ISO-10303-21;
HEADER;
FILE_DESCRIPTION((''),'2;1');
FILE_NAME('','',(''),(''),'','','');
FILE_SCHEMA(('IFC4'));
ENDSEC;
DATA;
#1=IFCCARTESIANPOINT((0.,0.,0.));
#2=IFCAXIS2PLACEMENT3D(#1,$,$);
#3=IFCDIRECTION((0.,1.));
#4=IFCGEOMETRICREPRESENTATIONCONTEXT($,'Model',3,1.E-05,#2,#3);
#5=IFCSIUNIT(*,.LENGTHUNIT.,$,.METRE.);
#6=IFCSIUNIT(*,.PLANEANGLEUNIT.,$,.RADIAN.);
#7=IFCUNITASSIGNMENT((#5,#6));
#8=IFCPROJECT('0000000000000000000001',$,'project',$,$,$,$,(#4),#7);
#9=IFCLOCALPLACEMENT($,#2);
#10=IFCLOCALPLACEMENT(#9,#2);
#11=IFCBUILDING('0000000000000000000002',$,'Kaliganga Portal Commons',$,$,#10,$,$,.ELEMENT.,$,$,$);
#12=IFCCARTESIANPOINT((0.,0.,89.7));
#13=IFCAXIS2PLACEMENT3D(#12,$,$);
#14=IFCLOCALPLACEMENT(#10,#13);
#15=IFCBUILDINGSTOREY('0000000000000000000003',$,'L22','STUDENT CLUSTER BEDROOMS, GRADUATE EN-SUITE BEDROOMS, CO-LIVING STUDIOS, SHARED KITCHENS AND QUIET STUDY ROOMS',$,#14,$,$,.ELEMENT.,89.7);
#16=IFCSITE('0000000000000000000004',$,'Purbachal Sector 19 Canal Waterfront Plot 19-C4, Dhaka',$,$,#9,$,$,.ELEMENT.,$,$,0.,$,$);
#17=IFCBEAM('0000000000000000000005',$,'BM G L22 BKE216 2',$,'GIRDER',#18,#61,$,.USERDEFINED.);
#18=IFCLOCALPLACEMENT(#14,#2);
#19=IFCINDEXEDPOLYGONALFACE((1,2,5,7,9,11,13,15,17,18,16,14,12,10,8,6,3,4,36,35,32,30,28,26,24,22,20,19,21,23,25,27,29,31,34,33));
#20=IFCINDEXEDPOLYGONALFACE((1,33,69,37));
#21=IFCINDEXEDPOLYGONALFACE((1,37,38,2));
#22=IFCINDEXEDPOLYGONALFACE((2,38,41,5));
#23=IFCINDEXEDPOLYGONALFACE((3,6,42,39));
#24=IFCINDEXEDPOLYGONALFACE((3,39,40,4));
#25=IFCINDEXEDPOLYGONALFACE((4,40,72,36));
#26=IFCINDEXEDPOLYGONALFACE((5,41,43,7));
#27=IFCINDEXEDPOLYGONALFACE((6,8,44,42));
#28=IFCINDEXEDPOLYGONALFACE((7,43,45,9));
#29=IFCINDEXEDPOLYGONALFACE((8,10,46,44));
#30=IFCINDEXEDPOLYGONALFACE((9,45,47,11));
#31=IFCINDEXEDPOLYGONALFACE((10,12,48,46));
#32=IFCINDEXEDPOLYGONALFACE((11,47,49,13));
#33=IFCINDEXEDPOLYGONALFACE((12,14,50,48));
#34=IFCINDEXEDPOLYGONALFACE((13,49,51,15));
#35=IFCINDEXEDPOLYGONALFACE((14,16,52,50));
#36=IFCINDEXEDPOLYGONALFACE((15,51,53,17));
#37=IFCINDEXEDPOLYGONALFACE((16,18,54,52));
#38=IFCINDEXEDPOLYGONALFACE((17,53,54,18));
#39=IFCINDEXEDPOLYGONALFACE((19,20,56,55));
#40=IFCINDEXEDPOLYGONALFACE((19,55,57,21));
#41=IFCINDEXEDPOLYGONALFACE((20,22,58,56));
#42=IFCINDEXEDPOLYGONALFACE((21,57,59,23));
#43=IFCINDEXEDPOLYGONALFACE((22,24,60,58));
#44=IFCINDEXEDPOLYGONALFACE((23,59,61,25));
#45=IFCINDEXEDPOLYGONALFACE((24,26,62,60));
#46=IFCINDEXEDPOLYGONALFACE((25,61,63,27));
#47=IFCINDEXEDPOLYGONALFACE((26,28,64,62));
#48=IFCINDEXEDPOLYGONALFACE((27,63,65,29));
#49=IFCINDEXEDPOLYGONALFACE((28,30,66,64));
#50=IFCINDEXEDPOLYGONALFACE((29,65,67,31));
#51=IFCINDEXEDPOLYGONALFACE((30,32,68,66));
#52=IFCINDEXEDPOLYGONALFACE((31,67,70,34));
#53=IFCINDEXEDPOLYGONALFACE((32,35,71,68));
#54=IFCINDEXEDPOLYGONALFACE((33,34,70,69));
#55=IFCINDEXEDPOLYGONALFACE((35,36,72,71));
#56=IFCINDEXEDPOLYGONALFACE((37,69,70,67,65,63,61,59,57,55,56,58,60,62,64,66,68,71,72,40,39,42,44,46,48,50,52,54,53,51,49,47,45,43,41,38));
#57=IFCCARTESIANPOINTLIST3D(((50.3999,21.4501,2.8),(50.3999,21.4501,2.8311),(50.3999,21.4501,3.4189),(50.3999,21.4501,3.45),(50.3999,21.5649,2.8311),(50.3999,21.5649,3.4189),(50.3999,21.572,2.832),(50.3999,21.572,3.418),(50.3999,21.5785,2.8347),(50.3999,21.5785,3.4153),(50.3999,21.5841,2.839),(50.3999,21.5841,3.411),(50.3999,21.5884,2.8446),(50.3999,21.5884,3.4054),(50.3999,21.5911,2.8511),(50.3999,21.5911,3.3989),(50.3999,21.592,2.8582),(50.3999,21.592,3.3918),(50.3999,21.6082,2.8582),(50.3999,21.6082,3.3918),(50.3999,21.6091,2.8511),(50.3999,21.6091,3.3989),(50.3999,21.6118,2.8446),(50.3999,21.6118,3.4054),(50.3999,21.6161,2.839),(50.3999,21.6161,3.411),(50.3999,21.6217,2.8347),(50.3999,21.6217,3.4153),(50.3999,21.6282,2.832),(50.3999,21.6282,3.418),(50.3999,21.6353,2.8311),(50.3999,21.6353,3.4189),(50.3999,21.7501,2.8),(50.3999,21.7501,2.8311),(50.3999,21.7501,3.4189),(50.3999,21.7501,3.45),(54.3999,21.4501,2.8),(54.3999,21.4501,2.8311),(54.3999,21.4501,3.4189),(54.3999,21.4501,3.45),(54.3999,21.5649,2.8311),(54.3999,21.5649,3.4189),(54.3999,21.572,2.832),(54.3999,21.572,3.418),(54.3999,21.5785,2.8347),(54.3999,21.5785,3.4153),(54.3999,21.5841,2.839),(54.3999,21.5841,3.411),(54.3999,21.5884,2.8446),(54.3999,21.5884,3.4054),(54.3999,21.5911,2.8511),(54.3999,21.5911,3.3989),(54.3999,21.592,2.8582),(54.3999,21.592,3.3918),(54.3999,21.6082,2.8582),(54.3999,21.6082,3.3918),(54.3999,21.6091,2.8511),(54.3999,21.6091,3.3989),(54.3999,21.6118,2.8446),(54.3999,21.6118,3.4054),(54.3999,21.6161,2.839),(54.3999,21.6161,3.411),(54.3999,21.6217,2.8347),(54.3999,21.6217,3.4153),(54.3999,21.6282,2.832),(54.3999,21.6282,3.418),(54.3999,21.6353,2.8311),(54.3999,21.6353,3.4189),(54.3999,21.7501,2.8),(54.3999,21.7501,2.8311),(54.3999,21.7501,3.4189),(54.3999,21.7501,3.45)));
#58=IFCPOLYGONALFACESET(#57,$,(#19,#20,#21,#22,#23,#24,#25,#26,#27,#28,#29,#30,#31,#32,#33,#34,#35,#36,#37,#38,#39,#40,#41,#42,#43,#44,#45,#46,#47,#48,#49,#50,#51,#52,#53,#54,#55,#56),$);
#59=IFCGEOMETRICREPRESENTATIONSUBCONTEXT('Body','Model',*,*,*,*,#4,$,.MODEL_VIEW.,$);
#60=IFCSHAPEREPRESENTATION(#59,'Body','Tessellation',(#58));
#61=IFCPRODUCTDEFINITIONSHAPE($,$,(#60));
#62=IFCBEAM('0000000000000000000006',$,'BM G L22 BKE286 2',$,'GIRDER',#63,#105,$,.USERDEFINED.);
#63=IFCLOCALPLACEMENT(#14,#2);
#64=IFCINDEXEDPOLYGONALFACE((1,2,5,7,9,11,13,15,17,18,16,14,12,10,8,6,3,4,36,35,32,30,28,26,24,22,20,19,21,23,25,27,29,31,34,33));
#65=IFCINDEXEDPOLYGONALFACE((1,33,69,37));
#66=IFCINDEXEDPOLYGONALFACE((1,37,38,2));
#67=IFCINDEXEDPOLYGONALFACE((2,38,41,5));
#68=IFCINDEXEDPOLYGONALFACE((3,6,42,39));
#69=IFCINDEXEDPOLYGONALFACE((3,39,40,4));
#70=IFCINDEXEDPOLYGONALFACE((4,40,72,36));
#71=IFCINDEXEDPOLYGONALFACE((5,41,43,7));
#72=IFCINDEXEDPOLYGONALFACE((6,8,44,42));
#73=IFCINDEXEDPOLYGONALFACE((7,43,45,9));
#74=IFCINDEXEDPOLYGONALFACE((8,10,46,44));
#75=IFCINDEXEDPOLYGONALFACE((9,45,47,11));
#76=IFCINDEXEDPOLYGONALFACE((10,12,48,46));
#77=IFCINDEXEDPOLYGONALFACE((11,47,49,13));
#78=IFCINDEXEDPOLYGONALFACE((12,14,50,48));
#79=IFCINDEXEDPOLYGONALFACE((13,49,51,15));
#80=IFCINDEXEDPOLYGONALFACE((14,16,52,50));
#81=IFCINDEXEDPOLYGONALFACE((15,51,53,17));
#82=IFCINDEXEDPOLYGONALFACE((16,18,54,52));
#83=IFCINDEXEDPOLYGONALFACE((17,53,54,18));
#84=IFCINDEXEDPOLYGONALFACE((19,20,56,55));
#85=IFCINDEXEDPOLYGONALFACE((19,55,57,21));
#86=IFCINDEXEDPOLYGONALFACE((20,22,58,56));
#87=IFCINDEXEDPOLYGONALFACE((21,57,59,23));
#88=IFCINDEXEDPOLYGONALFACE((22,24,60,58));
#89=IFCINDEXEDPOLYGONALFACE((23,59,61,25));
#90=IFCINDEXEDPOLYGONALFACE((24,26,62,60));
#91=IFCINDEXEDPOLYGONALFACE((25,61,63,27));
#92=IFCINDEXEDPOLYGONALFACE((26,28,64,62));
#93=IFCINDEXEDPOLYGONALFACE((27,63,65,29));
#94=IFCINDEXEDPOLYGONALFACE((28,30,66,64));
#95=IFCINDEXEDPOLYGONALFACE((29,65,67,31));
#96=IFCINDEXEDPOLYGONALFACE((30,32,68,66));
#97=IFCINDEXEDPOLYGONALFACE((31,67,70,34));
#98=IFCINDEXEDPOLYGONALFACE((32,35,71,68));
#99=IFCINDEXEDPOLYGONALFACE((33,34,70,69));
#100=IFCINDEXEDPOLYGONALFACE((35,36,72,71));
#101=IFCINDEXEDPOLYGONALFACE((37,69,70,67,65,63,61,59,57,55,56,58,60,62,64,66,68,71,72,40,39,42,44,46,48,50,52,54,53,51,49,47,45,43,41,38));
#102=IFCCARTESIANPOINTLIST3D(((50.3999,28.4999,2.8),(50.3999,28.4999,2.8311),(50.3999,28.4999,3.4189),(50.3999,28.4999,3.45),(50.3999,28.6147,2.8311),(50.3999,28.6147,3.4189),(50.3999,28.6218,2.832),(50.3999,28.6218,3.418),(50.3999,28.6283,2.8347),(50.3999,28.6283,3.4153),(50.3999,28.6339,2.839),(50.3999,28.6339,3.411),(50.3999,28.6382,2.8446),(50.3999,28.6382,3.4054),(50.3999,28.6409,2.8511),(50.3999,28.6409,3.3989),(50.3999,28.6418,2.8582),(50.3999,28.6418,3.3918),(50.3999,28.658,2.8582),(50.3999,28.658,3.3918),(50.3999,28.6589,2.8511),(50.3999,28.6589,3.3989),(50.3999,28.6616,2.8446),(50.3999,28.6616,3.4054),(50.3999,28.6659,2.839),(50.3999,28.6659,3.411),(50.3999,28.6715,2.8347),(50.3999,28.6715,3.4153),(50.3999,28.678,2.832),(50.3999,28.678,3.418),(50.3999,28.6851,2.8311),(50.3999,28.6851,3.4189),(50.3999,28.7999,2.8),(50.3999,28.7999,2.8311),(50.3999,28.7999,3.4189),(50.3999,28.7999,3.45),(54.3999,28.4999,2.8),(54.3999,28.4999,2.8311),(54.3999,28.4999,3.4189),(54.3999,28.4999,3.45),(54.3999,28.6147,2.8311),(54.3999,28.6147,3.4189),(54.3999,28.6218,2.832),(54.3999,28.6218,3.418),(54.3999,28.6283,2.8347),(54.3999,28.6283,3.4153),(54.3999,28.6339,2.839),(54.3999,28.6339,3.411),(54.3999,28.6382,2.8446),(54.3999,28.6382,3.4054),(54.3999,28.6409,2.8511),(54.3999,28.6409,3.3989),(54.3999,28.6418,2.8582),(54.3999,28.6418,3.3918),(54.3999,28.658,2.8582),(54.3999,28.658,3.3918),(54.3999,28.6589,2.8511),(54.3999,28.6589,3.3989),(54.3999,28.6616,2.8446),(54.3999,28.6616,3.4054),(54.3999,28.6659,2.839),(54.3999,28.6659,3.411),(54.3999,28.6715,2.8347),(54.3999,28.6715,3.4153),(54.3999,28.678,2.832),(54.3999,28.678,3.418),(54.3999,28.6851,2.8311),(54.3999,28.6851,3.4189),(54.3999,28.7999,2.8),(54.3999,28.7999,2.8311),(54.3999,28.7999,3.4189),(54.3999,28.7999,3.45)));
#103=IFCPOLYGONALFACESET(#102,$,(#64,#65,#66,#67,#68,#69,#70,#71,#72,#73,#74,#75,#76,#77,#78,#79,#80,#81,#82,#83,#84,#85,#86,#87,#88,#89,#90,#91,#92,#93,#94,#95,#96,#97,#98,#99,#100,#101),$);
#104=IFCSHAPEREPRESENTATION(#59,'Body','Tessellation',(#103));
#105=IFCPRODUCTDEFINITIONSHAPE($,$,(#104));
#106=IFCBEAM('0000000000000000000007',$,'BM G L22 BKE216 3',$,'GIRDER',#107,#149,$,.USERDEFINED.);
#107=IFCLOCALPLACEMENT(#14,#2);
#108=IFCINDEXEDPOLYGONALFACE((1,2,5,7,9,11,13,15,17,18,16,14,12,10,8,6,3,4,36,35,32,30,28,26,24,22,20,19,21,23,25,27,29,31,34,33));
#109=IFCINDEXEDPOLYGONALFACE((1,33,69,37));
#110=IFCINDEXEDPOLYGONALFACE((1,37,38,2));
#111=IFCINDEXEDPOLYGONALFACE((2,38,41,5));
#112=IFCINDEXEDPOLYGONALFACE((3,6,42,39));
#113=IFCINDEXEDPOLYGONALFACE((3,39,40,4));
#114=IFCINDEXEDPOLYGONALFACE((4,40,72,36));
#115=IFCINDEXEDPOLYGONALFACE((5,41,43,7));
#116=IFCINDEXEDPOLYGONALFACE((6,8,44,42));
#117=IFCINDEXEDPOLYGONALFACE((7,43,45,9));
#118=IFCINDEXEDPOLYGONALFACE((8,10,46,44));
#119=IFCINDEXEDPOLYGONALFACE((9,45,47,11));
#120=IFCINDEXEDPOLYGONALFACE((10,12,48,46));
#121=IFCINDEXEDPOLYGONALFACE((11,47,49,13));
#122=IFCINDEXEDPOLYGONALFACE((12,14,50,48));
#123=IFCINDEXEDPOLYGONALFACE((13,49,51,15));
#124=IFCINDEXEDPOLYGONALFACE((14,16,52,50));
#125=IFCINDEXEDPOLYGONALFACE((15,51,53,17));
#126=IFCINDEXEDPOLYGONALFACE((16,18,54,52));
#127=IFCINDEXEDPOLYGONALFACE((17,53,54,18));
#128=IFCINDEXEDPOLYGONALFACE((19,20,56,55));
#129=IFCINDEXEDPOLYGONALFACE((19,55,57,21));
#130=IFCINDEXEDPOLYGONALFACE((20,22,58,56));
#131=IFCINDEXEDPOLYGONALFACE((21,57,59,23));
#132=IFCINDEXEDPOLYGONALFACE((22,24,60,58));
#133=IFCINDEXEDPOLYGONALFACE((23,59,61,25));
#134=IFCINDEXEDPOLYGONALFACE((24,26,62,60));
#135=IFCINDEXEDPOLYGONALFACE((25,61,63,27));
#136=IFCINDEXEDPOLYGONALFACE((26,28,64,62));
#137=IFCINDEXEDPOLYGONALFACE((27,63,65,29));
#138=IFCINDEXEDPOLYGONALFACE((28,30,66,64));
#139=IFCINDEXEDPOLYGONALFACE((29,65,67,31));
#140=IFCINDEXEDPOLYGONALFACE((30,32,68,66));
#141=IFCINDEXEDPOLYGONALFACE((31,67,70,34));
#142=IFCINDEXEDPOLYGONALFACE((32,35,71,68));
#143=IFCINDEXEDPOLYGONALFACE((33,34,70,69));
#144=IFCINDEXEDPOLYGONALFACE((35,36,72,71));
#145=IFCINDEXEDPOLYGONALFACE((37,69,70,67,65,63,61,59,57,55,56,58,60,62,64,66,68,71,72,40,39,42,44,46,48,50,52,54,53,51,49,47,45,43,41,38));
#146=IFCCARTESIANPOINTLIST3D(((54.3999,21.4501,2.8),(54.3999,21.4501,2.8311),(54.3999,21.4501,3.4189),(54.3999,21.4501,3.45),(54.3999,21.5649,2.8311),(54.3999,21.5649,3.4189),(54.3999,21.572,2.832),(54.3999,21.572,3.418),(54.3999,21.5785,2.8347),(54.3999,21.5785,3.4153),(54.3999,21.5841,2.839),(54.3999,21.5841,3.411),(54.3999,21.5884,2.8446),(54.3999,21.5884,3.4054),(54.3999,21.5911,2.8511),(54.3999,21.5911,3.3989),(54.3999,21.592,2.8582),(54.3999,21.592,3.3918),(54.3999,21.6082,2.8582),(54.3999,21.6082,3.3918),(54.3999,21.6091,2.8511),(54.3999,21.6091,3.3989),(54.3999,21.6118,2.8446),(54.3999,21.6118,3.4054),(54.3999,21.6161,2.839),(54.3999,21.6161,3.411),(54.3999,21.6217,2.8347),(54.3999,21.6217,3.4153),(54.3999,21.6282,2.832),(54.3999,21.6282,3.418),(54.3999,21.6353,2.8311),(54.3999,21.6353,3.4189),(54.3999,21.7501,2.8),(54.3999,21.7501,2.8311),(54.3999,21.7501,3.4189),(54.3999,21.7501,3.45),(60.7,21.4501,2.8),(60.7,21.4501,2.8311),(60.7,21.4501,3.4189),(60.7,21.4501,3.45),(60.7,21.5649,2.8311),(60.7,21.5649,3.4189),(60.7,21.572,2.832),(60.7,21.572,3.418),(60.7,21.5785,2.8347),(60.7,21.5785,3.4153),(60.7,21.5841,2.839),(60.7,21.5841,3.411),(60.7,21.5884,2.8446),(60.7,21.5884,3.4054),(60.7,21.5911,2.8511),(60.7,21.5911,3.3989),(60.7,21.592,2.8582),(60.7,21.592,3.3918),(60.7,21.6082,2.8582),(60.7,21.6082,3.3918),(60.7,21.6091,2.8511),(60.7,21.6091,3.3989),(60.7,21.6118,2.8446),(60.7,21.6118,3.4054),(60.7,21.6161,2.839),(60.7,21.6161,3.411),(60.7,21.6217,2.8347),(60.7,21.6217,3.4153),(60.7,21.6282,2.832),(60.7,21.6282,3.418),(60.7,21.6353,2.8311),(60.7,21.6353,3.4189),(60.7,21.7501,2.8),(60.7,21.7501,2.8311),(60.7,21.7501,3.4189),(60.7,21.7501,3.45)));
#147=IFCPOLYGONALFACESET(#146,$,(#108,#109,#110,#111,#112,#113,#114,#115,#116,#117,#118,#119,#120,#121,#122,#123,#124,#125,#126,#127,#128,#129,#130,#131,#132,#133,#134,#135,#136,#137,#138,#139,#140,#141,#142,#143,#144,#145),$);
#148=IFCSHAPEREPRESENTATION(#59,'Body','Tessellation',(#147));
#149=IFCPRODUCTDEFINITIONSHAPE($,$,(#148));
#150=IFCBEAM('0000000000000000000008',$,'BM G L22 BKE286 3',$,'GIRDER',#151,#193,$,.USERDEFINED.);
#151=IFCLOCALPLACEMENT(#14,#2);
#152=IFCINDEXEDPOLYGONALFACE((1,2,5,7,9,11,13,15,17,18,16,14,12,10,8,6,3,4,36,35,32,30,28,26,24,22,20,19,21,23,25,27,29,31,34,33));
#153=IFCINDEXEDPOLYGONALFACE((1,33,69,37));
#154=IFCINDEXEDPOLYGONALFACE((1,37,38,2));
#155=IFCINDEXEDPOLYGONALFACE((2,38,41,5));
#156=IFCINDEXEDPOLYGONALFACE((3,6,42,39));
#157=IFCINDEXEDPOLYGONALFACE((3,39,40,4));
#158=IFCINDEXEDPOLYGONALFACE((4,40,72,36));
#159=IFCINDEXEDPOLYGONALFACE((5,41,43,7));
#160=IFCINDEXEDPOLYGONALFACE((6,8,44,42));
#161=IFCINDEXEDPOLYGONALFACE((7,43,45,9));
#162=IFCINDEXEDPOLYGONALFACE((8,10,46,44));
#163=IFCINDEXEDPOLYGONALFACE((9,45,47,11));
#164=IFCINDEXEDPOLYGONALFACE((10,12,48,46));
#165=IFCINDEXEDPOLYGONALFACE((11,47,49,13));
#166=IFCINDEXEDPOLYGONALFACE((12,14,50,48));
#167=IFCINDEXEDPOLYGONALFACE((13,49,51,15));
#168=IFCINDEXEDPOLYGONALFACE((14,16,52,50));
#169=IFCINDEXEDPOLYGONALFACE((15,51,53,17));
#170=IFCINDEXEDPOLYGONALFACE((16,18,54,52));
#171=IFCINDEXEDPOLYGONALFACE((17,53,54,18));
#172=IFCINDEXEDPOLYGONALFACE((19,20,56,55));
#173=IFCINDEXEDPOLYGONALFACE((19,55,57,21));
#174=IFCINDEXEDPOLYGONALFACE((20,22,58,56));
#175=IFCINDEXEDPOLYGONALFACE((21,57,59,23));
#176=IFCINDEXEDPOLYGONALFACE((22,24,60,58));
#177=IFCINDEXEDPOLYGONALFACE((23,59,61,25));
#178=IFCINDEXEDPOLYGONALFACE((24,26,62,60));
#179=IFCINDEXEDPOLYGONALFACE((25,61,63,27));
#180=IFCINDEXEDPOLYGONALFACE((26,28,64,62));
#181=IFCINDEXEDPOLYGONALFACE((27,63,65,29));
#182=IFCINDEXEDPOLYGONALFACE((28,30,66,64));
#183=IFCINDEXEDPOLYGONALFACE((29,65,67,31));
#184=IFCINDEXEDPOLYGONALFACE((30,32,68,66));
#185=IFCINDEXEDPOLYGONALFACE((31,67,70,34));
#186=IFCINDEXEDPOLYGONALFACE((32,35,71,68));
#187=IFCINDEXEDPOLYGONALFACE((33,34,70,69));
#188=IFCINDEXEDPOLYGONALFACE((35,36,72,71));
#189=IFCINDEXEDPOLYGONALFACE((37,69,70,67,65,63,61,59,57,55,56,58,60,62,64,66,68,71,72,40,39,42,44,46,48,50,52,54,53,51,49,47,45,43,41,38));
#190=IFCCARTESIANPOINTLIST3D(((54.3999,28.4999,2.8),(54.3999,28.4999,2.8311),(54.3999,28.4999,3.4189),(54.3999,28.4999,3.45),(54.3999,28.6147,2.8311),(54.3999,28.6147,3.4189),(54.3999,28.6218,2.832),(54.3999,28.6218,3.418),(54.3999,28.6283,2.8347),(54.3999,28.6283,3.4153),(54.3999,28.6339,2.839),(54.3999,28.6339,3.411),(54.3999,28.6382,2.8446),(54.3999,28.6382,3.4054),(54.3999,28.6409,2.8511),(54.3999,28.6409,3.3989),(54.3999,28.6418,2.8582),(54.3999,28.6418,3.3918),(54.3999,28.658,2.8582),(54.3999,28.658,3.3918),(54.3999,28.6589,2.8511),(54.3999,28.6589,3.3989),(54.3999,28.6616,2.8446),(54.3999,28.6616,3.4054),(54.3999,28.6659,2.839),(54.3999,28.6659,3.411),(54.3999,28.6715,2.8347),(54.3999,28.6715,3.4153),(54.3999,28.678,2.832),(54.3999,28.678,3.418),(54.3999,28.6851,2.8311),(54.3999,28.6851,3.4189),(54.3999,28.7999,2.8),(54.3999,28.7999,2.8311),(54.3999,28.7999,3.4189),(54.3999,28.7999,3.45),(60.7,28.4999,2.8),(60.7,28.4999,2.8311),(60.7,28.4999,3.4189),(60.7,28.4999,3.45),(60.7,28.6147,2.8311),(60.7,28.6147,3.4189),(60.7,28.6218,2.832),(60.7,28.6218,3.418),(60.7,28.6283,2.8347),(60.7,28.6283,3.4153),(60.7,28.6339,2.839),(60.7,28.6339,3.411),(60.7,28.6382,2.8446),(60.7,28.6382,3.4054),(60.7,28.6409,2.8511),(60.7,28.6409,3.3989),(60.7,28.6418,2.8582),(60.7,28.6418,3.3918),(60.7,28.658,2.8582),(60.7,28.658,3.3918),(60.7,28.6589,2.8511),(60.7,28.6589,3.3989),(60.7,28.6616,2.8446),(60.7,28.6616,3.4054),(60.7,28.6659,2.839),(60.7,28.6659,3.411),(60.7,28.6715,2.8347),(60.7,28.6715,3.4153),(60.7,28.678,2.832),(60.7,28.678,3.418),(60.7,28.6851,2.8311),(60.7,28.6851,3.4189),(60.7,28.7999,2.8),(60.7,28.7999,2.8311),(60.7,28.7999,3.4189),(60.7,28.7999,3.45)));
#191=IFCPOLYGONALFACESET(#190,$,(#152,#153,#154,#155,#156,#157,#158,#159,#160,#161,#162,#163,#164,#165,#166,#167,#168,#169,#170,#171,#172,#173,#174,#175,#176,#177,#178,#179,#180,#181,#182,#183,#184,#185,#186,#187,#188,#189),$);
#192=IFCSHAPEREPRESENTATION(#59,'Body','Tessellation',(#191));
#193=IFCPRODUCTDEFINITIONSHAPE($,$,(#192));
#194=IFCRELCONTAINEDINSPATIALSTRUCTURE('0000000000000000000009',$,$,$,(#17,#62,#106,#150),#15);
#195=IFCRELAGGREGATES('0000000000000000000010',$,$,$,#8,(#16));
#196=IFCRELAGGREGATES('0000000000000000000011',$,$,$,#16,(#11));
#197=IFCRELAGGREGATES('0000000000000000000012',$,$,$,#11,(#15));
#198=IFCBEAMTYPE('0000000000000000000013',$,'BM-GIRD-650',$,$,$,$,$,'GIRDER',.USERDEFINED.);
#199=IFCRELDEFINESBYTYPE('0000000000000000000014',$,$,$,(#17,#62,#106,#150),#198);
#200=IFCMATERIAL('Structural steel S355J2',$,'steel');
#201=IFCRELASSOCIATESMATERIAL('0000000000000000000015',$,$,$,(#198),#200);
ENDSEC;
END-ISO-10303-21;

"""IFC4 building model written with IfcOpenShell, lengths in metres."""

from ifc_helpers import new_model, si_unit, direction, frame, origin, origin_2d, place, context, subcontext, project, spatial, i_section, extrude, source, transform, mapped, material, material_profile, profile_set, type_object, element, save


model = new_model("IFC4")

# Units and contexts
model_context = context("Model", 3, precision=1e-05, world=origin(), true_north=direction((0.0, 1.0)))
body_context = subcontext(model_context, "Body", "Model", "MODEL_VIEW")
ifc_project = project(units=[si_unit("LENGTHUNIT", "METRE"), si_unit("PLANEANGLEUNIT", "RADIAN")], contexts=[model_context])

# Site, building, storey
site_placement = place(None, origin())
site = spatial("IfcSite", under=ifc_project, at=site_placement, Name="Purbachal Sector 19 Canal Waterfront Plot 19-C4, Dhaka", CompositionType="ELEMENT", RefElevation=0.0)
building_placement = place(site_placement, origin())
building = spatial("IfcBuilding", under=site, at=building_placement, Name="Kaliganga Portal Commons", CompositionType="ELEMENT")
storey_placement = place(building_placement, frame((0.0, 0.0, 89.7)))
storey = spatial("IfcBuildingStorey", under=building, at=storey_placement, Name="L22", Description="STUDENT CLUSTER BEDROOMS, GRADUATE EN-SUITE BEDROOMS, CO-LIVING STUDIOS, SHARED KITCHENS AND QUIET STUDY ROOMS", CompositionType="ELEMENT", Elevation=89.7)

# Beams
ifc_material_1 = material(Name="Structural steel S355J2", Category="steel")
ifc_material_profile_1 = material_profile(ifc_material_1, i_section(OverallWidth=0.3, OverallDepth=0.6499, WebThickness=0.0161, FlangeThickness=0.031, FilletRadius=0.0271, at=origin_2d()), Name="HE 650 B")
ifc_profile_set_1 = profile_set([ifc_material_profile_1], Name="Structural steel S355J2 wide-flange")
beam_type_1 = type_object("IfcBeamType", Name="BM-GIRD-650", ElementType="GIRDER", PredefinedType="USERDEFINED", material=ifc_profile_set_1)
shared_shape_1 = source(origin(), body_context, "Body", "SweptSolid", [
    extrude(i_section(OverallWidth=0.3, OverallDepth=0.6499, WebThickness=0.0161, FlangeThickness=0.031, FilletRadius=0.0271, at=origin_2d()), origin(), (0.0, 0.0, 1.0), 4.0),
])
for number, where, z_axis, x_axis, name in (
    (1, (50.3999, 21.6001, 3.125), (1.0, 0.0, 0.0), (0.0, 1.0, 0.0), "BM G L22 BKE216 2"),
    (2, (50.3999, 28.6499, 3.125), (1.0, 0.0, 0.0), (0.0, 1.0, 0.0), "BM G L22 BKE286 2"),
):
    element("IfcBeam", number, at=place(storey_placement, frame(where, z_axis=z_axis, x_axis=x_axis)), inside=storey, type_object=beam_type_1, Name=name, ObjectType="GIRDER", PredefinedType="USERDEFINED", context=body_context, shape_type="MappedRepresentation", body=[
        mapped(shared_shape_1, transform((0.0, 0.0, 0.0), x_axis=(1.0, 0.0, 0.0), y_axis=(0.0, 1.0, 0.0), z_axis=(0.0, 0.0, 1.0), scale=1.0)),
    ])
shared_shape_2 = source(origin(), body_context, "Body", "SweptSolid", [
    extrude(i_section(OverallWidth=0.3, OverallDepth=0.6499, WebThickness=0.0161, FlangeThickness=0.031, FilletRadius=0.0271, at=origin_2d()), origin(), (0.0, 0.0, 1.0), 6.3),
])
for number, where, z_axis, x_axis, name in (
    (3, (54.3999, 21.6001, 3.125), (1.0, 0.0, 0.0), (0.0, 1.0, 0.0), "BM G L22 BKE216 3"),
    (4, (54.3999, 28.6499, 3.125), (1.0, 0.0, 0.0), (0.0, 1.0, 0.0), "BM G L22 BKE286 3"),
):
    element("IfcBeam", number, at=place(storey_placement, frame(where, z_axis=z_axis, x_axis=x_axis)), inside=storey, type_object=beam_type_1, Name=name, ObjectType="GIRDER", PredefinedType="USERDEFINED", context=body_context, shape_type="MappedRepresentation", body=[
        mapped(shared_shape_2, transform((0.0, 0.0, 0.0), x_axis=(1.0, 0.0, 0.0), y_axis=(0.0, 1.0, 0.0), z_axis=(0.0, 0.0, 1.0), scale=1.0)),
    ])

save(model, "model.ifc")
